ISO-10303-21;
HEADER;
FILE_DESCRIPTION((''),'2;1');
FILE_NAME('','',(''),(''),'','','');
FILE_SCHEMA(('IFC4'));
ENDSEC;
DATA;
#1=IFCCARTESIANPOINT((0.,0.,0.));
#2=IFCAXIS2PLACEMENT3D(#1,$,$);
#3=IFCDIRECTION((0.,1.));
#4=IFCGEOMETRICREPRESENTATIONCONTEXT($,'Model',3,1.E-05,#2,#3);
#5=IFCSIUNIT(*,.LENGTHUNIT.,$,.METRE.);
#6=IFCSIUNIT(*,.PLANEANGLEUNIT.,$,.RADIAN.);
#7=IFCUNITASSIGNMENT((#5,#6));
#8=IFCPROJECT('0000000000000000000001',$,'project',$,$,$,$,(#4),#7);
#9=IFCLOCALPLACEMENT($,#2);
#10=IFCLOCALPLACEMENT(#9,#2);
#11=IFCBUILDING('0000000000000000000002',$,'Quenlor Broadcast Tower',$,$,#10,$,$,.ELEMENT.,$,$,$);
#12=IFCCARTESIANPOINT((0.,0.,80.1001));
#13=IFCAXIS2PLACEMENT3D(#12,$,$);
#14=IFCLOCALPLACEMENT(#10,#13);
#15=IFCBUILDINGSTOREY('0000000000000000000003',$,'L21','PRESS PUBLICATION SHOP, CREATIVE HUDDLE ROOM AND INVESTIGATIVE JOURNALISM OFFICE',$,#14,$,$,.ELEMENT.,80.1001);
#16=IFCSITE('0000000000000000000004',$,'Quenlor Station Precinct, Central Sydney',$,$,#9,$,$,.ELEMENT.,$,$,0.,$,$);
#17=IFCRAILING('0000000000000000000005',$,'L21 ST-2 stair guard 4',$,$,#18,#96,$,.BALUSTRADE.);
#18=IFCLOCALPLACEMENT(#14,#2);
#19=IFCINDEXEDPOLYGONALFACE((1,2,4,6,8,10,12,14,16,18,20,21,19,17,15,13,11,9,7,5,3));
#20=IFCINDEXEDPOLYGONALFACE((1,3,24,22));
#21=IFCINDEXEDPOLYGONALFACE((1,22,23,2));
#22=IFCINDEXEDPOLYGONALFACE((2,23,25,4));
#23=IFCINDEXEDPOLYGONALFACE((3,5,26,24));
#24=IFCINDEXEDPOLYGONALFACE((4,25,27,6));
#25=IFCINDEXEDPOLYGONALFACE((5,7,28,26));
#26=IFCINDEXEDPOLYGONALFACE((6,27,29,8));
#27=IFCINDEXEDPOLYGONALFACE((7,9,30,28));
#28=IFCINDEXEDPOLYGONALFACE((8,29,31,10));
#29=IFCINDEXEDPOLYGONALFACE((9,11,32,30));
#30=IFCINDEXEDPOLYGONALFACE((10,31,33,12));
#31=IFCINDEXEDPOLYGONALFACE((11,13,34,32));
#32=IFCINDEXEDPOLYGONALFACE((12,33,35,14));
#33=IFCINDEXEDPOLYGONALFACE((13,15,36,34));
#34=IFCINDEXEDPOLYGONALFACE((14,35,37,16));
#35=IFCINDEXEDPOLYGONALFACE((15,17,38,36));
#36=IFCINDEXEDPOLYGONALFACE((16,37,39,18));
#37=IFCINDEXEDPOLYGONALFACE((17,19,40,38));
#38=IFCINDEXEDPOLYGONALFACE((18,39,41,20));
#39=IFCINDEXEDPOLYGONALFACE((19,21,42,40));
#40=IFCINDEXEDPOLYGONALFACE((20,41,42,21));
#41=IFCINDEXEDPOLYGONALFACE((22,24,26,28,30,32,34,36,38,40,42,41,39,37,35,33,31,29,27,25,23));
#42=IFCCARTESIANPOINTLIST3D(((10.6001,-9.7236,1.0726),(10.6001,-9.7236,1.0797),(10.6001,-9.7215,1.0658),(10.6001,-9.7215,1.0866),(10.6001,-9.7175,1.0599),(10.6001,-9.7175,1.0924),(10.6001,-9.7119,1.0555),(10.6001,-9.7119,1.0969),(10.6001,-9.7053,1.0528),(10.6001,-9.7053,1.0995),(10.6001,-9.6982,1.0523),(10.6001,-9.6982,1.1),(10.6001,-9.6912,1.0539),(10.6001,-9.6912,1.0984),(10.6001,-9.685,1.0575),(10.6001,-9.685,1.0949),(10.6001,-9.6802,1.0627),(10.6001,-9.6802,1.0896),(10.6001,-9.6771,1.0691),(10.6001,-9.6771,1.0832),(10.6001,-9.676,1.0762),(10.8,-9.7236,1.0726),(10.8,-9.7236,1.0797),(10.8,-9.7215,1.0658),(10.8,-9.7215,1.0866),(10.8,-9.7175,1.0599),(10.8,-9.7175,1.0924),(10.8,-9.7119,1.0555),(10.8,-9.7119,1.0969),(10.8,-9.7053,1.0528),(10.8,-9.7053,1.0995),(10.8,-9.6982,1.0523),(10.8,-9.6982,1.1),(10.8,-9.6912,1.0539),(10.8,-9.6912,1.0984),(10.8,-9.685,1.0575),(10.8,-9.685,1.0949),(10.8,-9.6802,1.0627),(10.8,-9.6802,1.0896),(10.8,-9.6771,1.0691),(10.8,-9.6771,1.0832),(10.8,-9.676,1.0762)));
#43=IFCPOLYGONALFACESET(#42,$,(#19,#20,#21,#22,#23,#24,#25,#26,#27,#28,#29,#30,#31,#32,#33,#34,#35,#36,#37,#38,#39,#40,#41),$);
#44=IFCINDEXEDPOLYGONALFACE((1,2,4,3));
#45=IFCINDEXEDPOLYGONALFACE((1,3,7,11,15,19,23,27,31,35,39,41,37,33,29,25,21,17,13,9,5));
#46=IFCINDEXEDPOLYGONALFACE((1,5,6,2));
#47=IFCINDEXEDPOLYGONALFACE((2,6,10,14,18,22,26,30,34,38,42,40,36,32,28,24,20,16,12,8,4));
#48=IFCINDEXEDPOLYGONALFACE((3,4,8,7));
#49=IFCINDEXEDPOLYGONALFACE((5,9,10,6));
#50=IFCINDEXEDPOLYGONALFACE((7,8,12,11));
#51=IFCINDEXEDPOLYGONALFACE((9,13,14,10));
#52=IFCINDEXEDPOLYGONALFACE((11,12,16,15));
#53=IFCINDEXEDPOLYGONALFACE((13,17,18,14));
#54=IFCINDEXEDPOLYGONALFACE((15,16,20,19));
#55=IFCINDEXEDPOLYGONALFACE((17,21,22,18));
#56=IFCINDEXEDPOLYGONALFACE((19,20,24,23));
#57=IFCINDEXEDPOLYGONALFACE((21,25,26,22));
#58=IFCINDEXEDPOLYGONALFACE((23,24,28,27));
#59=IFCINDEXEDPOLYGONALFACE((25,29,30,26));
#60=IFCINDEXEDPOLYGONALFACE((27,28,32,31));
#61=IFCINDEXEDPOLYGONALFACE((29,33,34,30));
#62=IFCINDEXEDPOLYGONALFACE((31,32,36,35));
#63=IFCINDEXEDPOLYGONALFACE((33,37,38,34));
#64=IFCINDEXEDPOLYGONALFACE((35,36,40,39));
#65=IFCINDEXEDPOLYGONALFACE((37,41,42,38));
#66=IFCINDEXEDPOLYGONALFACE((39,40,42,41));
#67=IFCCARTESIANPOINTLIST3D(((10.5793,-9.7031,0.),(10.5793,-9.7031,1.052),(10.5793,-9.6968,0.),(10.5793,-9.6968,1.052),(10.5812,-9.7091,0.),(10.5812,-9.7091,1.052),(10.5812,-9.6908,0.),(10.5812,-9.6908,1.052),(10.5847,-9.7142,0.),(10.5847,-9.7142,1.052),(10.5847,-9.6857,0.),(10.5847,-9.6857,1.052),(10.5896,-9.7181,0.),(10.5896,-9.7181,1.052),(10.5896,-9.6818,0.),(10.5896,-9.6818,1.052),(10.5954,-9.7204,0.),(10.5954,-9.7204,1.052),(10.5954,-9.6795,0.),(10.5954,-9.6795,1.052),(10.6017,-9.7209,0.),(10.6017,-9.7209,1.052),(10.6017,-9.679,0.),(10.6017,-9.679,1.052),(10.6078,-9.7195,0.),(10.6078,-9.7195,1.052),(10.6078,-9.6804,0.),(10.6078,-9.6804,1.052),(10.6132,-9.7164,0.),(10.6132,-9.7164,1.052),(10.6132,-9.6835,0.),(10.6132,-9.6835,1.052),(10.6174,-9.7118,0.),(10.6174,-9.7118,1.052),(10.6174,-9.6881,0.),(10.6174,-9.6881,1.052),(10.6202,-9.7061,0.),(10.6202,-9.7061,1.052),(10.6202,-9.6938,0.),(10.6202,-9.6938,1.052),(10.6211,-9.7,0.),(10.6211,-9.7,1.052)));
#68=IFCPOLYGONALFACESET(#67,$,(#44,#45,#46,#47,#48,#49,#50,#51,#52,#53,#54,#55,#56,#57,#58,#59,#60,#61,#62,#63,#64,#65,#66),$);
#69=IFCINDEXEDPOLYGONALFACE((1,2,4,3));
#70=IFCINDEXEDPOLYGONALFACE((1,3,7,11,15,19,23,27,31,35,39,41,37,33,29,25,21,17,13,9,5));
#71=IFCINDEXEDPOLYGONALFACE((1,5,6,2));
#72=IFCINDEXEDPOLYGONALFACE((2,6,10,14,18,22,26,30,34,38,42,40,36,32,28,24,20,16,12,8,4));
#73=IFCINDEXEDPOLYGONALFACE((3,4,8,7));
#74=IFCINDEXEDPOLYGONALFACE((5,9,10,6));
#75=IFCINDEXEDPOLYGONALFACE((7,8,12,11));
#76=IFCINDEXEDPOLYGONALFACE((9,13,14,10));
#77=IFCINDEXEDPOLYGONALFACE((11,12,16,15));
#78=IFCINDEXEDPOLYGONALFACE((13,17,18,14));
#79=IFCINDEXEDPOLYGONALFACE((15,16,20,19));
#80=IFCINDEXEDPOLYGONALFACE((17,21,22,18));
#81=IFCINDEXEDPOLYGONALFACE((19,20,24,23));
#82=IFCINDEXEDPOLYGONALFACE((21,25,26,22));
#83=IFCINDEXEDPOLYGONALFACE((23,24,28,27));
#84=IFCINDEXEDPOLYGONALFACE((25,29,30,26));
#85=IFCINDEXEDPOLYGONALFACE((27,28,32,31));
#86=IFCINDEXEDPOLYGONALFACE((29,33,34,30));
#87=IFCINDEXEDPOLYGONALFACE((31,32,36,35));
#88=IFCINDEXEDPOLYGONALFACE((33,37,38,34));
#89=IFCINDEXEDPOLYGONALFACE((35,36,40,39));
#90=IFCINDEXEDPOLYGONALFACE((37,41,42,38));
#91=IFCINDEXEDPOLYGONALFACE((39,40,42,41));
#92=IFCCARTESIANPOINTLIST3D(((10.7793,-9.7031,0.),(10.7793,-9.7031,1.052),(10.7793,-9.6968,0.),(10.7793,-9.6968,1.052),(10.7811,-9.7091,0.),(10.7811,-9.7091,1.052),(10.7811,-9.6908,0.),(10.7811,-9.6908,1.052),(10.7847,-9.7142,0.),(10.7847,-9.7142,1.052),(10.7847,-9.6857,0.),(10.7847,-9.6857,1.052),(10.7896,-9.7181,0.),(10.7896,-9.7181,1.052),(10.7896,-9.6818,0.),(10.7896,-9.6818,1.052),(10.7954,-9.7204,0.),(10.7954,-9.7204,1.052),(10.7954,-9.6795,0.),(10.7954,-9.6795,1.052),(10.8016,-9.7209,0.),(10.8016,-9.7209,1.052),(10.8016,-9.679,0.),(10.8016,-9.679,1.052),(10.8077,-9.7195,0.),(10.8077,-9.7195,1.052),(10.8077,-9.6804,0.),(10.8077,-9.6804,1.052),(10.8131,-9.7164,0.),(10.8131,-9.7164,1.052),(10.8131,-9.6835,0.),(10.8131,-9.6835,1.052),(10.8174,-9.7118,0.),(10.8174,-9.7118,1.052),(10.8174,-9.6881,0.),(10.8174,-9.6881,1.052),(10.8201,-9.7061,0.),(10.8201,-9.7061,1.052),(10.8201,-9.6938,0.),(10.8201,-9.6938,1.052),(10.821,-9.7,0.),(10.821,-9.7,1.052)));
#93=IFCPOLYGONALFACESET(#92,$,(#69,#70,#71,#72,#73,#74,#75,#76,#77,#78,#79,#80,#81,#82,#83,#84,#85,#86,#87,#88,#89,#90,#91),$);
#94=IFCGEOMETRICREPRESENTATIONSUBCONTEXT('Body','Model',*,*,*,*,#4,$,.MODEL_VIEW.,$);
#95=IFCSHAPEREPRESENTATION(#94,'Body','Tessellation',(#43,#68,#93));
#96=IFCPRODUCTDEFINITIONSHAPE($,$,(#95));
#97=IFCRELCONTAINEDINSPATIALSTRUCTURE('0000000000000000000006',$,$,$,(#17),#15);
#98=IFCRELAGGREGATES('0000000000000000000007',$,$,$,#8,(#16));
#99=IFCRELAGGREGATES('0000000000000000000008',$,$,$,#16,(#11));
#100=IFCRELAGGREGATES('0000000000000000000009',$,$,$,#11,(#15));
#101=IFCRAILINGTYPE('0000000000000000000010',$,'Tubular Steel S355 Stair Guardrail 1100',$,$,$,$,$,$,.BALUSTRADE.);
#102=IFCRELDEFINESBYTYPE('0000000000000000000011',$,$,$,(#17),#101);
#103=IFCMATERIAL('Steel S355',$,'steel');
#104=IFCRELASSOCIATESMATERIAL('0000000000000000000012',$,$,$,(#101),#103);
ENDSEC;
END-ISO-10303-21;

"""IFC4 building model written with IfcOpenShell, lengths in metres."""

from ifc_helpers import new_model, si_unit, direction, frame, origin, origin_2d, place, context, subcontext, project, spatial, circle, extrude, material, type_object, element, save


model = new_model("IFC4")

# Units and contexts
model_context = context("Model", 3, precision=1e-05, world=origin(), true_north=direction((0.0, 1.0)))
body_context = subcontext(model_context, "Body", "Model", "MODEL_VIEW")
ifc_project = project(units=[si_unit("LENGTHUNIT", "METRE"), si_unit("PLANEANGLEUNIT", "RADIAN")], contexts=[model_context])

# Site, building, storey
site_placement = place(None, origin())
site = spatial("IfcSite", under=ifc_project, at=site_placement, Name="Quenlor Station Precinct, Central Sydney", CompositionType="ELEMENT", RefElevation=0.0)
building_placement = place(site_placement, origin())
building = spatial("IfcBuilding", under=site, at=building_placement, Name="Quenlor Broadcast Tower", CompositionType="ELEMENT")
storey_placement = place(building_placement, frame((0.0, 0.0, 80.1001)))
storey = spatial("IfcBuildingStorey", under=building, at=storey_placement, Name="L21", Description="PRESS PUBLICATION SHOP, CREATIVE HUDDLE ROOM AND INVESTIGATIVE JOURNALISM OFFICE", CompositionType="ELEMENT", Elevation=80.1001)

# Railing
ifc_material_1 = material(Name="Steel S355", Category="steel")
railing_type = type_object("IfcRailingType", Name="Tubular Steel S355 Stair Guardrail 1100", PredefinedType="BALUSTRADE", material=ifc_material_1)
railing_1_placement = place(storey_placement, frame((10.6001, -9.7, 0.0)))
element("IfcRailing", 1, at=railing_1_placement, inside=storey, type_object=railing_type, Name="L21 ST-2 stair guard 4", PredefinedType="BALUSTRADE", context=body_context, shape_type="SweptSolid", body=[
    extrude(circle(Radius=0.0239, at=origin_2d()), frame((0.0, 0.0, 1.0762), z_axis=(1.0, 0.0, 0.0), x_axis=(0.0, 1.0, 0.0)), (0.0, 0.0, 1.0), 0.2),
    extrude(circle(Radius=0.021, at=origin_2d()), origin(), (0.0, 0.0, 1.0), 1.052),
    extrude(circle(Radius=0.021, at=origin_2d()), frame((0.2, 0.0, 0.0)), (0.0, 0.0, 1.0), 1.052),
])

save(model, "model.ifc")
